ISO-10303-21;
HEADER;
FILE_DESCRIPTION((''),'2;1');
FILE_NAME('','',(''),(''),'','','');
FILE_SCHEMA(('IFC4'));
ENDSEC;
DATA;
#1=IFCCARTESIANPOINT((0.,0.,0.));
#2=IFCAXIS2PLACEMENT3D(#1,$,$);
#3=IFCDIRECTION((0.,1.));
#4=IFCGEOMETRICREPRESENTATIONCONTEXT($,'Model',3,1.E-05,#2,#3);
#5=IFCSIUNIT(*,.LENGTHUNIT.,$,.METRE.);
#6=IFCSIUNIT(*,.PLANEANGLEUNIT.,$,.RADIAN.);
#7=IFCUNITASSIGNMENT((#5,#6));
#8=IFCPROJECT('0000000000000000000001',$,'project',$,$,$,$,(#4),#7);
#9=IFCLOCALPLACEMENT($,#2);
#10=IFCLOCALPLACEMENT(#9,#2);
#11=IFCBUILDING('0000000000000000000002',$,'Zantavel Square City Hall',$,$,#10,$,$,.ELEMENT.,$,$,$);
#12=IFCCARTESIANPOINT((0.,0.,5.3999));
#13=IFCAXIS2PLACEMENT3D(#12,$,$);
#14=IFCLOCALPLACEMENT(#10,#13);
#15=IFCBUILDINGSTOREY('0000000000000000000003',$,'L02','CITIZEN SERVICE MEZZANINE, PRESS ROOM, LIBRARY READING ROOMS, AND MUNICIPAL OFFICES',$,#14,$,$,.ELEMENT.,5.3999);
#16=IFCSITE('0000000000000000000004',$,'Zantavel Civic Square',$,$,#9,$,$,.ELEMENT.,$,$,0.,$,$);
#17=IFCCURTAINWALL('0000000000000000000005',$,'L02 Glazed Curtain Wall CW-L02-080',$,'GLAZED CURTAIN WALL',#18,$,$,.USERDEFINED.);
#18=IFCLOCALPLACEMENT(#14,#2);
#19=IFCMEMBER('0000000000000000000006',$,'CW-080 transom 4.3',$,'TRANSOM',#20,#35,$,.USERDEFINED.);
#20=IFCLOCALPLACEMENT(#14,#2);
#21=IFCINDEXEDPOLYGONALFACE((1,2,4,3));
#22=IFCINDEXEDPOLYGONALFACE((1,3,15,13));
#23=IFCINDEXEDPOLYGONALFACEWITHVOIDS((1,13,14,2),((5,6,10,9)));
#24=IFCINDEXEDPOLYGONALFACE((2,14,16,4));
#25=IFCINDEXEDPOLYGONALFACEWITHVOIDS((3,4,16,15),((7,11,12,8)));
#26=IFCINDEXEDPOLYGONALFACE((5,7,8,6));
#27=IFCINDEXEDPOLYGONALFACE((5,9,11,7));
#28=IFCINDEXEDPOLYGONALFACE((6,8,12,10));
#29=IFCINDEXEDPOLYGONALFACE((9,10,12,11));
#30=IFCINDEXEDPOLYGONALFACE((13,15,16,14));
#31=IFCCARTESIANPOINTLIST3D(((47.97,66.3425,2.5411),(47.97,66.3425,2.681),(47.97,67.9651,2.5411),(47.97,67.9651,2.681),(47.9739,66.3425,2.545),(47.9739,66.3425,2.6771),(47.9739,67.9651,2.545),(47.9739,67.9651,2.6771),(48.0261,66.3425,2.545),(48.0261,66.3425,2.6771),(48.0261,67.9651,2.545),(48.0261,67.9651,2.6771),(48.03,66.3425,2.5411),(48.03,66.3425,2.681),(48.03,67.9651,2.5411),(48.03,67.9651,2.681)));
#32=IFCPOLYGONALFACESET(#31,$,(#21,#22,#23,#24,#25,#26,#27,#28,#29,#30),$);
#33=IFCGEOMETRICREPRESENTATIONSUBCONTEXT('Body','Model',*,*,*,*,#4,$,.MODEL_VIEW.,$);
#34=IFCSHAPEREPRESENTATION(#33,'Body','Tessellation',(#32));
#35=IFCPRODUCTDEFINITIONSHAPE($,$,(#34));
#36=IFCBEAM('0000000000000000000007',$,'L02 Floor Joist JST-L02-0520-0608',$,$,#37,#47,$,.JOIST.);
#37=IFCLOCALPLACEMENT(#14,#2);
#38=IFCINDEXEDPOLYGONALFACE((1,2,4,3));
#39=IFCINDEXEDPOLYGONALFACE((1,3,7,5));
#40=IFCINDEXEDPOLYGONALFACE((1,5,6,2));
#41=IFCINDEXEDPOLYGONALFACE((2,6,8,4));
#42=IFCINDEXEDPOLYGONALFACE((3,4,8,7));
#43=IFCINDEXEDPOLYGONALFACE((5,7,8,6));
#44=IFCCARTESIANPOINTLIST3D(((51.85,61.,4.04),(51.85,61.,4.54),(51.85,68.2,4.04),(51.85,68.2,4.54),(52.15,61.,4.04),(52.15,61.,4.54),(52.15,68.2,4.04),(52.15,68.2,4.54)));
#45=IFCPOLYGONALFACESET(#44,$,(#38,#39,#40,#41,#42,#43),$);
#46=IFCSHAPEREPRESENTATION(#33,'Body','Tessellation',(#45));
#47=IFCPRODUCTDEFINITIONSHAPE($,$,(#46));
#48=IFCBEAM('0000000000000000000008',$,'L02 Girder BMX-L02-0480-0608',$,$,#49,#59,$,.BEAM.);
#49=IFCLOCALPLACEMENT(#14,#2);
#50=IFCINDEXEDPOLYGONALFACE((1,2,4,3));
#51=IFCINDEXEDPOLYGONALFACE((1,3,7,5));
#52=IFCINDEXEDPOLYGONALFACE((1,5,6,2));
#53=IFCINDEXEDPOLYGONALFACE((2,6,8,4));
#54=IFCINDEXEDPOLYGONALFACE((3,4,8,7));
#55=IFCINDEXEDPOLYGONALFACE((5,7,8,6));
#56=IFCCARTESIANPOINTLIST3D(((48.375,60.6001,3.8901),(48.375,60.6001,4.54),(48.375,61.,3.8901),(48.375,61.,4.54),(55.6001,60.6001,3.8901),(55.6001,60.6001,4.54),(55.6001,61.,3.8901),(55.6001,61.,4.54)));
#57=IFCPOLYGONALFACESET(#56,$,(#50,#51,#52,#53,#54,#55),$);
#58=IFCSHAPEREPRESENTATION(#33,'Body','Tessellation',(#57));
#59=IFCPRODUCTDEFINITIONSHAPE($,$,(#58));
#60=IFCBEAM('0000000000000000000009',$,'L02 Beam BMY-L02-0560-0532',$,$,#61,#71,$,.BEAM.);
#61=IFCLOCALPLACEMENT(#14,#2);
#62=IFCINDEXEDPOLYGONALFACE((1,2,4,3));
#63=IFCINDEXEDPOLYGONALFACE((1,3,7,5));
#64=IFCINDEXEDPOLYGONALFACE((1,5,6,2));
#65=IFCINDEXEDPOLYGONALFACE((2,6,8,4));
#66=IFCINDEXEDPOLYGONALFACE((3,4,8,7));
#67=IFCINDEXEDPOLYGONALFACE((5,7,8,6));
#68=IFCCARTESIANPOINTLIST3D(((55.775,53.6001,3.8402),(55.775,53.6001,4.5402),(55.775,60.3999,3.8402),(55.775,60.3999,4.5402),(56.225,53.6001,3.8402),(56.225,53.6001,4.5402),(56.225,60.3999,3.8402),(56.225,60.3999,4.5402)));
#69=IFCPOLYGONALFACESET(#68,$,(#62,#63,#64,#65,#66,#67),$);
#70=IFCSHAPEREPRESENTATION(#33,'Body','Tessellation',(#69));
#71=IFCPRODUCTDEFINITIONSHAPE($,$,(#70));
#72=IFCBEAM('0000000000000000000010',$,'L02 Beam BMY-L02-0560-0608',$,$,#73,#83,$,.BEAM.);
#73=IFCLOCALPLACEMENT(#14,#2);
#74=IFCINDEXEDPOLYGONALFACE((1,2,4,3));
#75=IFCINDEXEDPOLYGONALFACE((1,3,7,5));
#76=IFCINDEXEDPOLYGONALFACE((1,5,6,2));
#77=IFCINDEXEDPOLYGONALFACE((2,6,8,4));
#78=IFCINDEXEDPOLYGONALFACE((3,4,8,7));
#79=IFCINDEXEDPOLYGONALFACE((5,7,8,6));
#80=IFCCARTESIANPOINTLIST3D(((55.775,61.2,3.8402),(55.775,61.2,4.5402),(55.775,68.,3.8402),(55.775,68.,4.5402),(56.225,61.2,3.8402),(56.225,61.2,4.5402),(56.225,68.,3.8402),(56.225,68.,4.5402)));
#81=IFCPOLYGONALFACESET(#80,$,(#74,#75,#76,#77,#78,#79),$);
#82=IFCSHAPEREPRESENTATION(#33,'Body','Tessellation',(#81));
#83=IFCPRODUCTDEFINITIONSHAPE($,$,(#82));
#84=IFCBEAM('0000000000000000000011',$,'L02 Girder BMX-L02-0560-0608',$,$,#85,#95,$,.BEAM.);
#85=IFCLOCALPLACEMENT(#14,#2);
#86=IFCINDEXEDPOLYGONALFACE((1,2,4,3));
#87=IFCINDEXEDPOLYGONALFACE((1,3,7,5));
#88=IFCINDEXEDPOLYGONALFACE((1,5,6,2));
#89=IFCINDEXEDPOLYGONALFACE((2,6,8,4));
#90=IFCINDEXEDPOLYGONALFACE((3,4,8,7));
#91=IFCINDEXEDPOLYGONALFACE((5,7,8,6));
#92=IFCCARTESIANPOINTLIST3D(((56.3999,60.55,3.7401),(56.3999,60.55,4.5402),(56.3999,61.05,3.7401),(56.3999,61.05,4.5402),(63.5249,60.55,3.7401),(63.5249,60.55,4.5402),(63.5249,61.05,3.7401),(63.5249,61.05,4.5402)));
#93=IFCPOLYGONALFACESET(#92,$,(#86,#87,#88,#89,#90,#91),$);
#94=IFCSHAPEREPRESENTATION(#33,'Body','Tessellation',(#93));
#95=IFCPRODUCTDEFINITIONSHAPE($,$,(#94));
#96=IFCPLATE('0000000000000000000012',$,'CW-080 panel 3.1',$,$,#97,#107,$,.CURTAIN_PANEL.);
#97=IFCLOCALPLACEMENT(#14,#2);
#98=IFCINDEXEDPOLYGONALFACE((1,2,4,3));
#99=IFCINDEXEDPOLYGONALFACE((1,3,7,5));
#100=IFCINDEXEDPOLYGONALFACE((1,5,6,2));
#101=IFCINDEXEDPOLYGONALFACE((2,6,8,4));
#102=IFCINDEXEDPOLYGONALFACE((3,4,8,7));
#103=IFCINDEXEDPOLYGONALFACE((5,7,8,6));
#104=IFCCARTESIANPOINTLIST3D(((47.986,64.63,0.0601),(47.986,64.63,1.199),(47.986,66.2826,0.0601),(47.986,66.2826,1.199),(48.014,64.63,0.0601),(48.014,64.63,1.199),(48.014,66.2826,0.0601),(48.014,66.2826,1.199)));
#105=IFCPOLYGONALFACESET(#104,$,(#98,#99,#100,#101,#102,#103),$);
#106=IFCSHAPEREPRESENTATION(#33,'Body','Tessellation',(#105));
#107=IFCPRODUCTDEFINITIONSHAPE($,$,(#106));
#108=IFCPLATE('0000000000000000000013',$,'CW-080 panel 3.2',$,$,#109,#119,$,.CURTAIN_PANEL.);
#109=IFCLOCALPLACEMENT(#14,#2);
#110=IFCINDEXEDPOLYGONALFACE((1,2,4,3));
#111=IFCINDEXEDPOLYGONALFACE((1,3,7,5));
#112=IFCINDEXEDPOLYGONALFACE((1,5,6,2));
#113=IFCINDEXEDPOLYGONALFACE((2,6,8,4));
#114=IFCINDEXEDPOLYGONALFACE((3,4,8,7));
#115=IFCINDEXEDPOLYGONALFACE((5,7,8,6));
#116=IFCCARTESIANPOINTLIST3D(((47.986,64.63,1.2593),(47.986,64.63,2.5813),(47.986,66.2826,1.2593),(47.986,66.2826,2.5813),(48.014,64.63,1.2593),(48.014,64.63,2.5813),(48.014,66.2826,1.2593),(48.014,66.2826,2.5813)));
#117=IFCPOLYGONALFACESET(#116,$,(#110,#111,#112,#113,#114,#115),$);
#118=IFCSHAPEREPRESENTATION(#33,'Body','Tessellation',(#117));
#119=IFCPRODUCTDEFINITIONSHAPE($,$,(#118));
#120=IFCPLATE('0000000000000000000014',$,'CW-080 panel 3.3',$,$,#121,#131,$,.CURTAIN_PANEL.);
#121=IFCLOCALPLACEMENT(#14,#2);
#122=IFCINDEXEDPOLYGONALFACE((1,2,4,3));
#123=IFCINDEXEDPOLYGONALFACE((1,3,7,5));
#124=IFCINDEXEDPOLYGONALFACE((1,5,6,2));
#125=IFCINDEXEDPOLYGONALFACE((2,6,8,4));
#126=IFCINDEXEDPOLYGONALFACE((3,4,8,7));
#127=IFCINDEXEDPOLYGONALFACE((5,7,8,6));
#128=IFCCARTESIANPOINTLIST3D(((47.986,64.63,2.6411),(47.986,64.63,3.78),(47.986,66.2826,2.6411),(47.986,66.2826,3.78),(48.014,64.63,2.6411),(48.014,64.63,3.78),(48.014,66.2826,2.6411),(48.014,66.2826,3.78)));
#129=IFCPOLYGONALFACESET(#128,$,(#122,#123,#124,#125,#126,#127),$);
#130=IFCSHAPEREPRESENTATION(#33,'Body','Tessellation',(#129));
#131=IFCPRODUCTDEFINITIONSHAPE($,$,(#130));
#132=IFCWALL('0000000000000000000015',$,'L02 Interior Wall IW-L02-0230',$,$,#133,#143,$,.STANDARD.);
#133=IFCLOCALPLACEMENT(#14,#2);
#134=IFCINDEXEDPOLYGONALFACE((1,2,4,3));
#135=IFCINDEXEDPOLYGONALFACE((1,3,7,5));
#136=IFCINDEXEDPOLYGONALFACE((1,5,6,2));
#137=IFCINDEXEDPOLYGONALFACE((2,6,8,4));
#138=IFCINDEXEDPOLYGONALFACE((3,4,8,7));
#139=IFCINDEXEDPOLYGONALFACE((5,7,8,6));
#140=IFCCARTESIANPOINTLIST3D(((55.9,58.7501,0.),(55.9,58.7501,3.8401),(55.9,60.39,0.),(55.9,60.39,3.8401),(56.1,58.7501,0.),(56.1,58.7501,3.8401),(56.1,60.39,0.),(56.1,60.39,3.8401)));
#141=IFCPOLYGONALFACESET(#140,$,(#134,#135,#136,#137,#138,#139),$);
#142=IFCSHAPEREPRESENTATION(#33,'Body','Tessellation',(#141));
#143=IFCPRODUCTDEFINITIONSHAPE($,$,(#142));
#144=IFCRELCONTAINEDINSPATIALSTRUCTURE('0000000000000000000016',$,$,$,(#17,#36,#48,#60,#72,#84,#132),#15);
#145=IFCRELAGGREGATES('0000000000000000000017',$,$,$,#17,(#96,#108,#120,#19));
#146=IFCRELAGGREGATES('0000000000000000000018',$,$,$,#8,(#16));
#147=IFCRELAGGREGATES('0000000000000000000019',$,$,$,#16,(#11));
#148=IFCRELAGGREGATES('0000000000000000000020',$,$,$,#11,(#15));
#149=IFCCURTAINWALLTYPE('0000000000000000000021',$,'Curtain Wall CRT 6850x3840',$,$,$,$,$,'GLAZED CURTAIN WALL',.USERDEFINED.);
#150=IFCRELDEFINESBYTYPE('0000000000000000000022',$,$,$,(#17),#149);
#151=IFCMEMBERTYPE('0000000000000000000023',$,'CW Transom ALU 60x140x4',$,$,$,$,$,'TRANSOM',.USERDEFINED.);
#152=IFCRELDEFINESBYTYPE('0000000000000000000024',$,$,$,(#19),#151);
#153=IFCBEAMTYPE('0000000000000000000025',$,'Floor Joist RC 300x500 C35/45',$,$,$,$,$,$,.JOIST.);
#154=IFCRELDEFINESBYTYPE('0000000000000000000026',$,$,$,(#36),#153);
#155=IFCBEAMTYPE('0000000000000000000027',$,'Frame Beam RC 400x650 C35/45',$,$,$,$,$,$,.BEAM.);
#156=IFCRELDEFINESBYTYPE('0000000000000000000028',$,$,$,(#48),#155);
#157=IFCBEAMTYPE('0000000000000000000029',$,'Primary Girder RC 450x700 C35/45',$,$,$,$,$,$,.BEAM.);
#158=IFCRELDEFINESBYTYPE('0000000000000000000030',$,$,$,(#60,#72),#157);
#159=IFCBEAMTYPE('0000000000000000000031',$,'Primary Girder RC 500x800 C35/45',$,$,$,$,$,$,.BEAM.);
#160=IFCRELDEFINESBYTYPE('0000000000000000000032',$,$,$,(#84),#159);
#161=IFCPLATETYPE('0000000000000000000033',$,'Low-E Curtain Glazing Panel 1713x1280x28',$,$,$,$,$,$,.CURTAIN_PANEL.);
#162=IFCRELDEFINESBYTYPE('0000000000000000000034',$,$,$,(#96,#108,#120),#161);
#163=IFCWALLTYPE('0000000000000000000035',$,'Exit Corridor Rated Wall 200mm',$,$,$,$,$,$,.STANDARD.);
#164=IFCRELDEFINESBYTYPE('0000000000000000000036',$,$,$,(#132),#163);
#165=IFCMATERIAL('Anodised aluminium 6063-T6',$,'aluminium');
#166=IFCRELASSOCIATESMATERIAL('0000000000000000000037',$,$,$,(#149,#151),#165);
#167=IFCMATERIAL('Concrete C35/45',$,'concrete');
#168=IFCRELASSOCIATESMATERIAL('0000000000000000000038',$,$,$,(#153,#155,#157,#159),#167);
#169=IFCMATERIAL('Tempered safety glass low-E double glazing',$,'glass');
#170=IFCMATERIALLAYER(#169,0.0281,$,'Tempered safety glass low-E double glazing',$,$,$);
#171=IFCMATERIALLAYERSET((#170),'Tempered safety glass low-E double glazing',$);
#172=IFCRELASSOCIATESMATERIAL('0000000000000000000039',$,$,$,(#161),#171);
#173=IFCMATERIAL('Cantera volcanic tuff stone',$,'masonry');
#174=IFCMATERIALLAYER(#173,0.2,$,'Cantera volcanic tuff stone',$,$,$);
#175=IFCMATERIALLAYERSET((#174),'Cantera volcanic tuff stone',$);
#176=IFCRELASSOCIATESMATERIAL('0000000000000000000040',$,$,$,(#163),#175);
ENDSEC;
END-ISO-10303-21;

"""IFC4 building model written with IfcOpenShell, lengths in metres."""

from ifc_helpers import new_model, si_unit, direction, frame, frame_2d, origin, origin_2d, place, context, subcontext, project, spatial, rectangle, hollow_rectangle, extrude, material, layer, layer_set, material_profile, profile_set, type_object, element, aggregate, save


model = new_model("IFC4")

# Units and contexts
model_context = context("Model", 3, precision=1e-05, world=origin(), true_north=direction((0.0, 1.0)))
body_context = subcontext(model_context, "Body", "Model", "MODEL_VIEW")
ifc_project = project(units=[si_unit("LENGTHUNIT", "METRE"), si_unit("PLANEANGLEUNIT", "RADIAN")], contexts=[model_context])

# Site, building, storey
site_placement = place(None, origin())
site = spatial("IfcSite", under=ifc_project, at=site_placement, Name="Zantavel Civic Square", CompositionType="ELEMENT", RefElevation=0.0)
building_placement = place(site_placement, origin())
building = spatial("IfcBuilding", under=site, at=building_placement, Name="Zantavel Square City Hall", CompositionType="ELEMENT")
storey_placement = place(building_placement, frame((0.0, 0.0, 5.3999)))
storey = spatial("IfcBuildingStorey", under=building, at=storey_placement, Name="L02", Description="CITIZEN SERVICE MEZZANINE, PRESS ROOM, LIBRARY READING ROOMS, AND MUNICIPAL OFFICES", CompositionType="ELEMENT", Elevation=5.3999)

# Curtain wall, member
ifc_material_1 = material(Name="Anodised aluminium 6063-T6", Category="aluminium")
curtain_wall_type = type_object("IfcCurtainWallType", Name="Curtain Wall CRT 6850x3840", ElementType="GLAZED CURTAIN WALL", PredefinedType="USERDEFINED", material=ifc_material_1)
curtain_wall_placement = place(storey_placement, origin())
curtain_wall = element("IfcCurtainWall", 1, at=curtain_wall_placement, inside=storey, type_object=curtain_wall_type, Name="L02 Glazed Curtain Wall CW-L02-080", ObjectType="GLAZED CURTAIN WALL", PredefinedType="USERDEFINED")
ifc_material_profile_1 = material_profile(ifc_material_1, hollow_rectangle(XDim=0.0601, YDim=0.1399, WallThickness=0.0039, at=origin_2d()), Name="ALU 60x140x4")
ifc_profile_set_1 = profile_set([ifc_material_profile_1], Name="Anodised aluminium 6063-T6")
member_type_1 = type_object("IfcMemberType", Name="CW Transom ALU 60x140x4", ElementType="TRANSOM", PredefinedType="USERDEFINED", material=ifc_profile_set_1)
member_1_placement = place(storey_placement, frame((48.0, 66.3425, 2.6111), z_axis=(0.0, 1.0, 0.0), x_axis=(-1.0, 0.0, 0.0)))
member_1 = element("IfcMember", 2, at=member_1_placement, type_object=member_type_1, Name="CW-080 transom 4.3", ObjectType="TRANSOM", PredefinedType="USERDEFINED", context=body_context, shape_type="SweptSolid", body=[
    extrude(hollow_rectangle(XDim=0.0601, YDim=0.1399, WallThickness=0.0039, at=origin_2d()), origin(), (0.0, 0.0, 1.0), 1.6226),
])

# Beams
ifc_material_2 = material(Name="Concrete C35/45", Category="concrete")
ifc_material_profile_2 = material_profile(ifc_material_2, rectangle(XDim=0.3, YDim=0.5, at=origin_2d()), Name="RC 300x500")
ifc_profile_set_2 = profile_set([ifc_material_profile_2], Name="Concrete C35/45")
beam_type_1 = type_object("IfcBeamType", Name="Floor Joist RC 300x500 C35/45", PredefinedType="JOIST", material=ifc_profile_set_2)
beam_1_placement = place(storey_placement, frame((52.0, 61.0, 4.29), z_axis=(0.0, 1.0, 0.0), x_axis=(-1.0, 0.0, 0.0)))
element("IfcBeam", 3, at=beam_1_placement, inside=storey, type_object=beam_type_1, Name="L02 Floor Joist JST-L02-0520-0608", PredefinedType="JOIST", context=body_context, shape_type="SweptSolid", body=[
    extrude(rectangle(XDim=0.3, YDim=0.5, at=origin_2d()), origin(), (0.0, 0.0, 1.0), 7.2),
])
ifc_material_profile_3 = material_profile(ifc_material_2, rectangle(XDim=0.3999, YDim=0.6499, at=origin_2d()), Name="RC 400x650")
ifc_profile_set_3 = profile_set([ifc_material_profile_3], Name="Concrete C35/45")
beam_type_2 = type_object("IfcBeamType", Name="Frame Beam RC 400x650 C35/45", PredefinedType="BEAM", material=ifc_profile_set_3)
beam_2_placement = place(storey_placement, frame((48.375, 60.8, 4.2151), z_axis=(1.0, 0.0, 0.0), x_axis=(0.0, 1.0, 0.0)))
element("IfcBeam", 4, at=beam_2_placement, inside=storey, type_object=beam_type_2, Name="L02 Girder BMX-L02-0480-0608", PredefinedType="BEAM", context=body_context, shape_type="SweptSolid", body=[
    extrude(rectangle(XDim=0.3999, YDim=0.6499, at=origin_2d()), origin(), (0.0, 0.0, 1.0), 7.2251),
])
ifc_material_profile_4 = material_profile(ifc_material_2, rectangle(XDim=0.45, YDim=0.7, at=origin_2d()), Name="RC 450x700")
ifc_profile_set_4 = profile_set([ifc_material_profile_4], Name="Concrete C35/45")
beam_type_3 = type_object("IfcBeamType", Name="Primary Girder RC 450x700 C35/45", PredefinedType="BEAM", material=ifc_profile_set_4)
beam_3_placement = place(storey_placement, frame((56.0, 53.6001, 4.1902), z_axis=(0.0, 1.0, 0.0), x_axis=(-1.0, 0.0, 0.0)))
element("IfcBeam", 5, at=beam_3_placement, inside=storey, type_object=beam_type_3, Name="L02 Beam BMY-L02-0560-0532", PredefinedType="BEAM", context=body_context, shape_type="SweptSolid", body=[
    extrude(rectangle(XDim=0.45, YDim=0.7, at=origin_2d()), origin(), (0.0, 0.0, 1.0), 6.7998),
])
beam_4_placement = place(storey_placement, frame((56.0, 61.2, 4.1902), z_axis=(0.0, 1.0, 0.0), x_axis=(-1.0, 0.0, 0.0)))
element("IfcBeam", 6, at=beam_4_placement, inside=storey, type_object=beam_type_3, Name="L02 Beam BMY-L02-0560-0608", PredefinedType="BEAM", context=body_context, shape_type="SweptSolid", body=[
    extrude(rectangle(XDim=0.45, YDim=0.7, at=origin_2d()), origin(), (0.0, 0.0, 1.0), 6.8),
])
ifc_material_profile_5 = material_profile(ifc_material_2, rectangle(XDim=0.5, YDim=0.8, at=origin_2d()), Name="RC 500x800")
ifc_profile_set_5 = profile_set([ifc_material_profile_5], Name="Concrete C35/45")
beam_type_4 = type_object("IfcBeamType", Name="Primary Girder RC 500x800 C35/45", PredefinedType="BEAM", material=ifc_profile_set_5)
beam_5_placement = place(storey_placement, frame((56.3999, 60.8, 4.1401), z_axis=(1.0, 0.0, 0.0), x_axis=(0.0, 1.0, 0.0)))
element("IfcBeam", 7, at=beam_5_placement, inside=storey, type_object=beam_type_4, Name="L02 Girder BMX-L02-0560-0608", PredefinedType="BEAM", context=body_context, shape_type="SweptSolid", body=[
    extrude(rectangle(XDim=0.5, YDim=0.8, at=origin_2d()), origin(), (0.0, 0.0, 1.0), 7.125),
])

# Plates
ifc_material_3 = material(Name="Tempered safety glass low-E double glazing", Category="glass")
ifc_layer_1 = layer(ifc_material_3, 0.0281, Name="Tempered safety glass low-E double glazing")
ifc_layer_set_1 = layer_set([ifc_layer_1], Name="Tempered safety glass low-E double glazing")
plate_type = type_object("IfcPlateType", Name="Low-E Curtain Glazing Panel 1713x1280x28", PredefinedType="CURTAIN_PANEL", material=ifc_layer_set_1)
plate_1_placement = place(storey_placement, frame((48.0, 65.4563, 0.0601), z_axis=(0.0, 0.0, 1.0), x_axis=(0.0, 1.0, 0.0)))
plate_1 = element("IfcPlate", 8, at=plate_1_placement, type_object=plate_type, Name="CW-080 panel 3.1", PredefinedType="CURTAIN_PANEL", context=body_context, shape_type="SweptSolid", body=[
    extrude(rectangle(XDim=1.6526, YDim=0.0281, at=origin_2d()), origin(), (0.0, 0.0, 1.0), 1.1389),
])
plate_2_placement = place(storey_placement, frame((48.0, 65.4563, 1.2593), z_axis=(0.0, 0.0, 1.0), x_axis=(0.0, 1.0, 0.0)))
plate_2 = element("IfcPlate", 9, at=plate_2_placement, type_object=plate_type, Name="CW-080 panel 3.2", PredefinedType="CURTAIN_PANEL", context=body_context, shape_type="SweptSolid", body=[
    extrude(rectangle(XDim=1.6526, YDim=0.0281, at=origin_2d()), origin(), (0.0, 0.0, 1.0), 1.322),
])
plate_3_placement = place(storey_placement, frame((48.0, 65.4563, 2.6411), z_axis=(0.0, 0.0, 1.0), x_axis=(0.0, 1.0, 0.0)))
plate_3 = element("IfcPlate", 10, at=plate_3_placement, type_object=plate_type, Name="CW-080 panel 3.3", PredefinedType="CURTAIN_PANEL", context=body_context, shape_type="SweptSolid", body=[
    extrude(rectangle(XDim=1.6526, YDim=0.0281, at=origin_2d()), origin(), (0.0, 0.0, 1.0), 1.1389),
])
aggregate(curtain_wall, [plate_1, plate_2, plate_3, member_1])

# Shared definitions
ifc_material_4 = material(Name="Cantera volcanic tuff stone", Category="masonry")
ifc_layer_2 = layer(ifc_material_4, 0.2, Name="Cantera volcanic tuff stone")
ifc_layer_set_2 = layer_set([ifc_layer_2], Name="Cantera volcanic tuff stone")
wall_type = type_object("IfcWallType", Name="Exit Corridor Rated Wall 200mm", PredefinedType="STANDARD", material=ifc_layer_set_2)

# Wall
wall_1_placement = place(storey_placement, frame((56.0, 60.3899, 0.0), z_axis=(0.0, 0.0, 1.0), x_axis=(0.0, -1.0, 0.0)))
element("IfcWall", 11, at=wall_1_placement, inside=storey, type_object=wall_type, Name="L02 Interior Wall IW-L02-0230", PredefinedType="STANDARD", context=body_context, shape_type="SweptSolid", body=[
    extrude(rectangle(XDim=1.6399, YDim=0.2, at=frame_2d((0.8198, 0.0))), origin(), (0.0, 0.0, 1.0), 3.8401),
])

save(model, "model.ifc")
